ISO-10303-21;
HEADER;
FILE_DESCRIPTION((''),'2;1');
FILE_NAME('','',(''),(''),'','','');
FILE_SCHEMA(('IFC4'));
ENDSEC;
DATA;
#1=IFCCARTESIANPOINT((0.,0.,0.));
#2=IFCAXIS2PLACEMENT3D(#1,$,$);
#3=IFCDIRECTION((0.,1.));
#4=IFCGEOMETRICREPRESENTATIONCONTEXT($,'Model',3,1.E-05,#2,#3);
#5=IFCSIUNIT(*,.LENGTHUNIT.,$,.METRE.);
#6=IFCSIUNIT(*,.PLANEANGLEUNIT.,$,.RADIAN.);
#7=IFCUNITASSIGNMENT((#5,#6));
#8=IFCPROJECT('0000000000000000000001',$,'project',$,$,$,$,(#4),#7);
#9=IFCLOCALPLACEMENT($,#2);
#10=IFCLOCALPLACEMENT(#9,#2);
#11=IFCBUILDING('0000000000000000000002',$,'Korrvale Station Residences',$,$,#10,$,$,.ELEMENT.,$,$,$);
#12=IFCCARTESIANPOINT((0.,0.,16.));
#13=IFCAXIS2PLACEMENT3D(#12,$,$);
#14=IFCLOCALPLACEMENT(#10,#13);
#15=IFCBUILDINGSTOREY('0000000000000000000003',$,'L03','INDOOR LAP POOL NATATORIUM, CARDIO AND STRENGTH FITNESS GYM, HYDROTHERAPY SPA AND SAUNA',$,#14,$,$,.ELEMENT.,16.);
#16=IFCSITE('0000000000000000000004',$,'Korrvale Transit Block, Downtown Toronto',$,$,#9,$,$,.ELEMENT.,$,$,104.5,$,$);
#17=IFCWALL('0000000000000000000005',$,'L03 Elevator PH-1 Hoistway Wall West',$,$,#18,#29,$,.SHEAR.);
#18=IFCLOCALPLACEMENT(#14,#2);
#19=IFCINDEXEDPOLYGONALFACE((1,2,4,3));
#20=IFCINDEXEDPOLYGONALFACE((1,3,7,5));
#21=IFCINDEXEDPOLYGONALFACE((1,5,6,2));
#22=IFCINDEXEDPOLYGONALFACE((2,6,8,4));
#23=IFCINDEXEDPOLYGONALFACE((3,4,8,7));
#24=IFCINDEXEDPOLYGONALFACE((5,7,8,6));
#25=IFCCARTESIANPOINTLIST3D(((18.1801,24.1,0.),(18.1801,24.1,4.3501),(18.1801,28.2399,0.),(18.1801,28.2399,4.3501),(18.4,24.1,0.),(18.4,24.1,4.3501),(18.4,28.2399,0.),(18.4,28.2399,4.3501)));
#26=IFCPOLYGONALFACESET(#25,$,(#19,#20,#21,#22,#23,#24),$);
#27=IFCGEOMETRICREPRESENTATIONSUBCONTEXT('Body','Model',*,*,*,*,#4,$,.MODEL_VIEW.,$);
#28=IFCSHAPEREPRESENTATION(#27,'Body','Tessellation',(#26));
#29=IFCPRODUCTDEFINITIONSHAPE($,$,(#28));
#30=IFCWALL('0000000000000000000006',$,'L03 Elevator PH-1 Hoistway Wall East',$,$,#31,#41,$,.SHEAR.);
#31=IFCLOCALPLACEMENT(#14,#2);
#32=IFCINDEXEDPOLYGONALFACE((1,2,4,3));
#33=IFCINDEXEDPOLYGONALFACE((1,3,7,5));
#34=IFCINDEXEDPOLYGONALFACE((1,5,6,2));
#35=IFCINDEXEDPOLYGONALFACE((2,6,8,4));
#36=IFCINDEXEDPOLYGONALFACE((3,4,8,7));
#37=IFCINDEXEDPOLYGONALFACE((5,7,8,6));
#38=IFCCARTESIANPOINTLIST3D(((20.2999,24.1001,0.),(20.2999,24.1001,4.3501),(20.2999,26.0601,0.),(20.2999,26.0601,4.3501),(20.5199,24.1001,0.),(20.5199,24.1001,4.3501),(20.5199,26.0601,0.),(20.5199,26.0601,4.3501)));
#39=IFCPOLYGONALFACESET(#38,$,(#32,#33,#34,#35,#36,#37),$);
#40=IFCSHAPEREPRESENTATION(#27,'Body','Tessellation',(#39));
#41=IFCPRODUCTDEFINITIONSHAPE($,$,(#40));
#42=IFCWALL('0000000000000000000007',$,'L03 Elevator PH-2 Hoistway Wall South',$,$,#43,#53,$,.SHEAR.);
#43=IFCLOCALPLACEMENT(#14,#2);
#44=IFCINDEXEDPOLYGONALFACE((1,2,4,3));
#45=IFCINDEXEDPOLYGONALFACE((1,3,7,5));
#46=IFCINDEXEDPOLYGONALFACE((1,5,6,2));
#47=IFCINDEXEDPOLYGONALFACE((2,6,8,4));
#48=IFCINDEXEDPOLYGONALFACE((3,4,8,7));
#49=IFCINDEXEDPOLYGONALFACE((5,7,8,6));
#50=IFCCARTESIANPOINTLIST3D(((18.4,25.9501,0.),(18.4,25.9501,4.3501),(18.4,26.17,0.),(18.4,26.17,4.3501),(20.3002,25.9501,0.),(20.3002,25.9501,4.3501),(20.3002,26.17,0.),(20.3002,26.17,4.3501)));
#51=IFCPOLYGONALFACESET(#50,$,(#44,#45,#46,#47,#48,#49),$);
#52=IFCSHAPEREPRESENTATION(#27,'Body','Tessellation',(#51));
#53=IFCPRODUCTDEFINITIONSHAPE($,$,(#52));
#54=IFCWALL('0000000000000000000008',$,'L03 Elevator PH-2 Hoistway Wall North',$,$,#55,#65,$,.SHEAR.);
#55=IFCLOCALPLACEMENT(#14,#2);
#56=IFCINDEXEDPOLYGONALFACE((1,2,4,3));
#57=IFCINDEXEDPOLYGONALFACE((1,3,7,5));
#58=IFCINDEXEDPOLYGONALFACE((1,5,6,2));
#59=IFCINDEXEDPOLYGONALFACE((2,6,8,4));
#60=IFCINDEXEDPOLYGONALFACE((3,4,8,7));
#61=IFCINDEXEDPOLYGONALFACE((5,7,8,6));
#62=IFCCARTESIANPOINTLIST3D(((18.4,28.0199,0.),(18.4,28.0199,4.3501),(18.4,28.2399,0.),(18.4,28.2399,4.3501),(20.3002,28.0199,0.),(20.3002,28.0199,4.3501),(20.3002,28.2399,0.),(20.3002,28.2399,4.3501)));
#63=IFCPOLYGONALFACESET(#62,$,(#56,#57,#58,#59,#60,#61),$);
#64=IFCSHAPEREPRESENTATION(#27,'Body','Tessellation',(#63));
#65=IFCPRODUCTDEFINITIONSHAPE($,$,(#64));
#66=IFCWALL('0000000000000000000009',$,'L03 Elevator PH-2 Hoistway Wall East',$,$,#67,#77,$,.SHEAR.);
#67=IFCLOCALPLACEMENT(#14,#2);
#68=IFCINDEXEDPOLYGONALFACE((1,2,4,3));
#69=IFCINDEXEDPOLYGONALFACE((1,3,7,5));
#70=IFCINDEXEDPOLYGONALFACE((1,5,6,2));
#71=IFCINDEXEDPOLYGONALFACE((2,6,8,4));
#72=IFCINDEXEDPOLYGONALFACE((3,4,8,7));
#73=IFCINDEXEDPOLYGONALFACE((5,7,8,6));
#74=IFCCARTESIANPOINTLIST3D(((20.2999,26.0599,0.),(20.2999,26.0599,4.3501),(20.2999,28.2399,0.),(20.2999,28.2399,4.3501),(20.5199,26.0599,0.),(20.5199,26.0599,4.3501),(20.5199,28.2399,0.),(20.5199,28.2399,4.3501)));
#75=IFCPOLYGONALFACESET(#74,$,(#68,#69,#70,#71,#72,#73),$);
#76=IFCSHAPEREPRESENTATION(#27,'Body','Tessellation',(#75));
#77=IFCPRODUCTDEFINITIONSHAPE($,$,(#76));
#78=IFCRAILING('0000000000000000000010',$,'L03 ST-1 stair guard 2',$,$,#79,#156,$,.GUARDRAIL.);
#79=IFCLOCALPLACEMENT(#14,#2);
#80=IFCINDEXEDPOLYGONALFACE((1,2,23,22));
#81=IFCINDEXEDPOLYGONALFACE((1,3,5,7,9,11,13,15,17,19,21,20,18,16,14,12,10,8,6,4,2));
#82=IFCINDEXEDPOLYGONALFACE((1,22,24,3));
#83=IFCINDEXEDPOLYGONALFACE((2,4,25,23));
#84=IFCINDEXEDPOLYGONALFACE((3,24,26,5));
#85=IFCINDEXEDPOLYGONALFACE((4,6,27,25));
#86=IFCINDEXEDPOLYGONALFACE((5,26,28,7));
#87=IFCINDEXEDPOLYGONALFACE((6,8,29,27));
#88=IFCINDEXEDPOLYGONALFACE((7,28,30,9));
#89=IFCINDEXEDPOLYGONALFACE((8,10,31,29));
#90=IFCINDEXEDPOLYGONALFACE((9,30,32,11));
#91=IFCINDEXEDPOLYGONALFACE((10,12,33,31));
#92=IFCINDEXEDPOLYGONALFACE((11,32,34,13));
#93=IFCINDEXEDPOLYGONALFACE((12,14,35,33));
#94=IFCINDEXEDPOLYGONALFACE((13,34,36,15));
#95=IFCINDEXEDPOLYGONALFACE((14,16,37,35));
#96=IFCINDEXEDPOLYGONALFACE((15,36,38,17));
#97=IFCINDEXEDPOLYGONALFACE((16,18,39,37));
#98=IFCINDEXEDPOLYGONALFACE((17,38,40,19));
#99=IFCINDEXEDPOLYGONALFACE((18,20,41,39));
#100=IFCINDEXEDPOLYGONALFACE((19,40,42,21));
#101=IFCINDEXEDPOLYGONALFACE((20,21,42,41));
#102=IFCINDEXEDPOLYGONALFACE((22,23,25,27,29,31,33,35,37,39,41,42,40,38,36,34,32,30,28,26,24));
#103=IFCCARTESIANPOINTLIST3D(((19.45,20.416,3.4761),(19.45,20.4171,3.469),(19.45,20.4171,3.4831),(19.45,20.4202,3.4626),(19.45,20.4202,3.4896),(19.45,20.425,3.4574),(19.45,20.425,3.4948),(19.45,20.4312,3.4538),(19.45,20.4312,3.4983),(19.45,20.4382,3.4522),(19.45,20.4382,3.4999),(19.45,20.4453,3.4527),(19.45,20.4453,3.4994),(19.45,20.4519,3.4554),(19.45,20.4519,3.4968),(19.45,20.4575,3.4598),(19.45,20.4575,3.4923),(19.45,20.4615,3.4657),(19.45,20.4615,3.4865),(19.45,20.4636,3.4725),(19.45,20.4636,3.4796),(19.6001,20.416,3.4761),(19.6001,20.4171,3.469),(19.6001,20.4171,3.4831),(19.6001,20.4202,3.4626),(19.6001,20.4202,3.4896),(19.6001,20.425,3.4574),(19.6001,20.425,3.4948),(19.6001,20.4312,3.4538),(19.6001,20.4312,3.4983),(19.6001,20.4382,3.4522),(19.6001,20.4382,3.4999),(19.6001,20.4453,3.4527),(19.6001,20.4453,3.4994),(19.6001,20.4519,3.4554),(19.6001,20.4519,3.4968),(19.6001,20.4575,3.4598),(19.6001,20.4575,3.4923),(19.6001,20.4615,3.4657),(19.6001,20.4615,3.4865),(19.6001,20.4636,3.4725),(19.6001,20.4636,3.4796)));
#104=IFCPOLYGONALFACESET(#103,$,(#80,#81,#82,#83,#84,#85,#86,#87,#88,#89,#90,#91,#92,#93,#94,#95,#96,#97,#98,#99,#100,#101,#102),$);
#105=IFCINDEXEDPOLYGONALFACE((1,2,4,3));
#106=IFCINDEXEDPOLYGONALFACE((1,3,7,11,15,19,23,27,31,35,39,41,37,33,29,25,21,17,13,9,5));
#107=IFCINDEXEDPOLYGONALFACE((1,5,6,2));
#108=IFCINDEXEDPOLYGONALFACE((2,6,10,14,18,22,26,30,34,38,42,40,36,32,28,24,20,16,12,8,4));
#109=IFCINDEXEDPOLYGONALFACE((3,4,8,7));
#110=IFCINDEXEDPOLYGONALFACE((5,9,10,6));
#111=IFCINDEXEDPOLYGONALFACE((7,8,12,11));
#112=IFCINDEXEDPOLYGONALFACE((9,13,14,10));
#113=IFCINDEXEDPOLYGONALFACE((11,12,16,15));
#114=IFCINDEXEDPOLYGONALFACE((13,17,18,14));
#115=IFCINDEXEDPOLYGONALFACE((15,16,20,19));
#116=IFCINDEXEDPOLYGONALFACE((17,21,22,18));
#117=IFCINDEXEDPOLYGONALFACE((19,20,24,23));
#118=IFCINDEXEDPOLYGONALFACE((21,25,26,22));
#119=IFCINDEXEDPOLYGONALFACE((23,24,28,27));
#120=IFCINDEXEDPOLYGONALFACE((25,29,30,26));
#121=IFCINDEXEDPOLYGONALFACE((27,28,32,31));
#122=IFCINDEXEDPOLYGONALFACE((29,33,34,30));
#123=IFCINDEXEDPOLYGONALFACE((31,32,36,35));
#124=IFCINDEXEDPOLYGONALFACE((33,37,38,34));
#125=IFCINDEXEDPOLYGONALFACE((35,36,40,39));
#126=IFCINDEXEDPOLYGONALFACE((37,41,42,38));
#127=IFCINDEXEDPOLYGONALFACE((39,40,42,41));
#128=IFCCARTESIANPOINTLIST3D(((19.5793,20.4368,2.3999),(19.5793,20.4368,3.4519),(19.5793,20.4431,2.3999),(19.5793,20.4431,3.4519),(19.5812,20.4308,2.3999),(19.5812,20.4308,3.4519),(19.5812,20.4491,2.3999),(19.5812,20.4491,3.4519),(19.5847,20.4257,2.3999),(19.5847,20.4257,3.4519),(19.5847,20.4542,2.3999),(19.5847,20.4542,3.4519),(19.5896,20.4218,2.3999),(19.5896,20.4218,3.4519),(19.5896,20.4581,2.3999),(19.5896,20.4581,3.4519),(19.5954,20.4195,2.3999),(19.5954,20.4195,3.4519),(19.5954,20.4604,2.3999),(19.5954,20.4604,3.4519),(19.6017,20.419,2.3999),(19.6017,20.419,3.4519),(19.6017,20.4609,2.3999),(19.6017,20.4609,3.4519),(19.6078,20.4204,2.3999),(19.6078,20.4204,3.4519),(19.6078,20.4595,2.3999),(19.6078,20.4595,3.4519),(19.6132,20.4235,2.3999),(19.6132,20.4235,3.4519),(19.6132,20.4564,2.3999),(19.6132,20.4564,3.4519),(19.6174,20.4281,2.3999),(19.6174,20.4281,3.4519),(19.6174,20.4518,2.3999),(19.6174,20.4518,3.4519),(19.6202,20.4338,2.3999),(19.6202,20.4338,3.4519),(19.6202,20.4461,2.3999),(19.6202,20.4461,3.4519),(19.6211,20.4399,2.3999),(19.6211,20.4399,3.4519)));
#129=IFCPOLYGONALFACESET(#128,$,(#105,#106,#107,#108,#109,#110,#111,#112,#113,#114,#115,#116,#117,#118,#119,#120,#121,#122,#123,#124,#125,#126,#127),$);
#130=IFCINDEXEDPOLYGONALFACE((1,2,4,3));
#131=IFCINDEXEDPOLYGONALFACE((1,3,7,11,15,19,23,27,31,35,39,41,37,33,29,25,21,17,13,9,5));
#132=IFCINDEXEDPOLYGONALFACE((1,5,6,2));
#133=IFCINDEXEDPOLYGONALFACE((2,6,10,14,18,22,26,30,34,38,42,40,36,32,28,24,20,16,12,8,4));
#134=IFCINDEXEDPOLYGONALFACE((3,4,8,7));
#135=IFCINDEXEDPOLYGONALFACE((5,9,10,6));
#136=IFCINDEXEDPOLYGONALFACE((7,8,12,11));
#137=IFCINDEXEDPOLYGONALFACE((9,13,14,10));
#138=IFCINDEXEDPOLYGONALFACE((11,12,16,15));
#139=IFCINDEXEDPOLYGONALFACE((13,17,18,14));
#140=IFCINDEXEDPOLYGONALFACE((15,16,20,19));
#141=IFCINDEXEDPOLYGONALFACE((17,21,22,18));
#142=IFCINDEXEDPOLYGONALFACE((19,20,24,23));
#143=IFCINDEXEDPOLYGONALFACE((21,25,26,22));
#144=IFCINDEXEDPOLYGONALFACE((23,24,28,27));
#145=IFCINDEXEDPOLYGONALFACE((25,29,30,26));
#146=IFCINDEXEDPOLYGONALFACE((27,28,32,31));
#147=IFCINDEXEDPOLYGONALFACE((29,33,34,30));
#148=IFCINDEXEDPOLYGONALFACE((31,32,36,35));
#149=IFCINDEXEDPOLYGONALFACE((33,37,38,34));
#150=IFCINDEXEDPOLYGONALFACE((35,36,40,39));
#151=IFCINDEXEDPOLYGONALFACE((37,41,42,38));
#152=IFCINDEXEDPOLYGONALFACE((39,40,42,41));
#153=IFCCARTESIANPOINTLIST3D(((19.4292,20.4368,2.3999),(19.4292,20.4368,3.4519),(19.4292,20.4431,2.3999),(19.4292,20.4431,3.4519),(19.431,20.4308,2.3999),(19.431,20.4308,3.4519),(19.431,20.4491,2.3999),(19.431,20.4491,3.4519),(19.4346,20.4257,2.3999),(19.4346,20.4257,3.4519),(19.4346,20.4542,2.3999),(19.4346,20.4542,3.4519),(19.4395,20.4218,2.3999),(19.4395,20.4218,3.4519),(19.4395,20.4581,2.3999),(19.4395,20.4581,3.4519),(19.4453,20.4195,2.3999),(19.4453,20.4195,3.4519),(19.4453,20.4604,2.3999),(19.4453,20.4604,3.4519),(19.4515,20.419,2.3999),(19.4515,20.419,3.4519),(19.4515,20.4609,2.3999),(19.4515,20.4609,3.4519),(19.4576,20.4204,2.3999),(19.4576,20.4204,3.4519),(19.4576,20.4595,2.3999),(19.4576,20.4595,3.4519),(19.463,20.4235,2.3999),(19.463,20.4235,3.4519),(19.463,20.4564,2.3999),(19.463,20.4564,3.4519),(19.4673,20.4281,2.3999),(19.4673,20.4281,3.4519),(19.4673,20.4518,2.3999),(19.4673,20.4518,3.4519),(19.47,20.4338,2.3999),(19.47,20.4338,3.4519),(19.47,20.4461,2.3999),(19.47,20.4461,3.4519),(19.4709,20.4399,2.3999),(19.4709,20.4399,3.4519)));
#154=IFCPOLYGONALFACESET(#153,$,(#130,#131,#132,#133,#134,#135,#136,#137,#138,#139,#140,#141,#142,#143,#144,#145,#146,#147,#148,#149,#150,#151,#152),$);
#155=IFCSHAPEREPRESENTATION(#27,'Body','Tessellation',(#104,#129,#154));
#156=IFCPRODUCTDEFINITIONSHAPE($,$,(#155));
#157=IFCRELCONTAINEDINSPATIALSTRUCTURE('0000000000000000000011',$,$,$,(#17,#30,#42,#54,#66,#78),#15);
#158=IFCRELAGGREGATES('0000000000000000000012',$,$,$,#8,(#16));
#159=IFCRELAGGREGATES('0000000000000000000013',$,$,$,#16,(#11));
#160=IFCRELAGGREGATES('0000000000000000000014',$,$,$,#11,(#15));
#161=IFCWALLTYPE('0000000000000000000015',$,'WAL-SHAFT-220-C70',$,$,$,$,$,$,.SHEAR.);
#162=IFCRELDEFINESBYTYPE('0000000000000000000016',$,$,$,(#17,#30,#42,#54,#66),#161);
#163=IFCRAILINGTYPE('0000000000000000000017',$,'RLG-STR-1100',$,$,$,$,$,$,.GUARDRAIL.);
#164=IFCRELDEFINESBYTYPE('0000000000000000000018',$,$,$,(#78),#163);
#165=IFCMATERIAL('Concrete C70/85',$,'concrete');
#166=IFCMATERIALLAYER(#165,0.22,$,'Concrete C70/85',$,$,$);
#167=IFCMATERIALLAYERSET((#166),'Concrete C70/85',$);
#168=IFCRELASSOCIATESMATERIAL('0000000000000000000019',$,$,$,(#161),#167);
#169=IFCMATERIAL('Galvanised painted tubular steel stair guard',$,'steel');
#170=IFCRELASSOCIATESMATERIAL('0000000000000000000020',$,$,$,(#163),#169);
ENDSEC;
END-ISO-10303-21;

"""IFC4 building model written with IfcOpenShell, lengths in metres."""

from ifc_helpers import new_model, si_unit, direction, frame, frame_2d, origin, origin_2d, place, context, subcontext, project, spatial, rectangle, circle, extrude, material, layer, layer_set, type_object, element, save


model = new_model("IFC4")

# Units and contexts
model_context = context("Model", 3, precision=1e-05, world=origin(), true_north=direction((0.0, 1.0)))
body_context = subcontext(model_context, "Body", "Model", "MODEL_VIEW")
ifc_project = project(units=[si_unit("LENGTHUNIT", "METRE"), si_unit("PLANEANGLEUNIT", "RADIAN")], contexts=[model_context])

# Site, building, storey
site_placement = place(None, origin())
site = spatial("IfcSite", under=ifc_project, at=site_placement, Name="Korrvale Transit Block, Downtown Toronto", CompositionType="ELEMENT", RefElevation=104.5)
building_placement = place(site_placement, origin())
building = spatial("IfcBuilding", under=site, at=building_placement, Name="Korrvale Station Residences", CompositionType="ELEMENT")
storey_placement = place(building_placement, frame((0.0, 0.0, 16.0)))
storey = spatial("IfcBuildingStorey", under=building, at=storey_placement, Name="L03", Description="INDOOR LAP POOL NATATORIUM, CARDIO AND STRENGTH FITNESS GYM, HYDROTHERAPY SPA AND SAUNA", CompositionType="ELEMENT", Elevation=16.0)

# Shared definitions
ifc_material_1 = material(Name="Concrete C70/85", Category="concrete")

# Walls
ifc_layer_1 = layer(ifc_material_1, 0.22, Name="Concrete C70/85")
ifc_layer_set_1 = layer_set([ifc_layer_1], Name="Concrete C70/85")
wall_type_1 = type_object("IfcWallType", Name="WAL-SHAFT-220-C70", PredefinedType="SHEAR", material=ifc_layer_set_1)
wall_1_placement = place(storey_placement, frame((18.29, 24.1001, 0.0), z_axis=(0.0, 0.0, 1.0), x_axis=(0.0, 1.0, 0.0)))
element("IfcWall", 1, at=wall_1_placement, inside=storey, type_object=wall_type_1, Name="L03 Elevator PH-1 Hoistway Wall West", PredefinedType="SHEAR", context=body_context, shape_type="SweptSolid", body=[
    extrude(rectangle(XDim=4.1399, YDim=0.22, at=frame_2d((2.0698, 0.0))), origin(), (0.0, 0.0, 1.0), 4.3501),
])
wall_2_placement = place(storey_placement, frame((20.4099, 24.1001, 0.0), z_axis=(0.0, 0.0, 1.0), x_axis=(0.0, 1.0, 0.0)))
element("IfcWall", 2, at=wall_2_placement, inside=storey, type_object=wall_type_1, Name="L03 Elevator PH-1 Hoistway Wall East", PredefinedType="SHEAR", context=body_context, shape_type="SweptSolid", body=[
    extrude(rectangle(XDim=1.96, YDim=0.22, at=frame_2d((0.98, 0.0))), origin(), (0.0, 0.0, 1.0), 4.3501),
])
for number, where, z_axis, x_axis, name in (
    (3, (18.3999, 26.0601, 0.0), (0.0, 0.0, 1.0), (1.0, 0.0, 0.0), "L03 Elevator PH-2 Hoistway Wall South"),
    (4, (18.3999, 28.1299, 0.0), (0.0, 0.0, 1.0), (1.0, 0.0, 0.0), "L03 Elevator PH-2 Hoistway Wall North"),
):
    element("IfcWall", number, at=place(storey_placement, frame(where, z_axis=z_axis, x_axis=x_axis)), inside=storey, type_object=wall_type_1, Name=name, PredefinedType="SHEAR", context=body_context, shape_type="SweptSolid", body=[
        extrude(rectangle(XDim=1.9001, YDim=0.22, at=frame_2d((0.9502, 0.0))), origin(), (0.0, 0.0, 1.0), 4.3501),
    ])
wall_3_placement = place(storey_placement, frame((20.4099, 26.0601, 0.0), z_axis=(0.0, 0.0, 1.0), x_axis=(0.0, 1.0, 0.0)))
element("IfcWall", 5, at=wall_3_placement, inside=storey, type_object=wall_type_1, Name="L03 Elevator PH-2 Hoistway Wall East", PredefinedType="SHEAR", context=body_context, shape_type="SweptSolid", body=[
    extrude(rectangle(XDim=2.1799, YDim=0.22, at=frame_2d((1.0898, 0.0))), origin(), (0.0, 0.0, 1.0), 4.3501),
])

# Railing
ifc_material_2 = material(Name="Galvanised painted tubular steel stair guard", Category="steel")
railing_type = type_object("IfcRailingType", Name="RLG-STR-1100", PredefinedType="GUARDRAIL", material=ifc_material_2)
railing_placement = place(storey_placement, frame((19.6001, 20.4399, 2.3999)))
element("IfcRailing", 6, at=railing_placement, inside=storey, type_object=railing_type, Name="L03 ST-1 stair guard 2", PredefinedType="GUARDRAIL", context=body_context, shape_type="SweptSolid", body=[
    extrude(circle(Radius=0.0239, at=origin_2d()), frame((0.0, 0.0, 1.0762), z_axis=(-1.0, 0.0, 0.0), x_axis=(0.0, -1.0, 0.0)), (0.0, 0.0, 1.0), 0.1501),
    extrude(circle(Radius=0.021, at=origin_2d()), origin(), (0.0, 0.0, 1.0), 1.052),
    extrude(circle(Radius=0.021, at=origin_2d()), frame((-0.1501, 0.0, 0.0)), (0.0, 0.0, 1.0), 1.052),
])

save(model, "model.ifc")
